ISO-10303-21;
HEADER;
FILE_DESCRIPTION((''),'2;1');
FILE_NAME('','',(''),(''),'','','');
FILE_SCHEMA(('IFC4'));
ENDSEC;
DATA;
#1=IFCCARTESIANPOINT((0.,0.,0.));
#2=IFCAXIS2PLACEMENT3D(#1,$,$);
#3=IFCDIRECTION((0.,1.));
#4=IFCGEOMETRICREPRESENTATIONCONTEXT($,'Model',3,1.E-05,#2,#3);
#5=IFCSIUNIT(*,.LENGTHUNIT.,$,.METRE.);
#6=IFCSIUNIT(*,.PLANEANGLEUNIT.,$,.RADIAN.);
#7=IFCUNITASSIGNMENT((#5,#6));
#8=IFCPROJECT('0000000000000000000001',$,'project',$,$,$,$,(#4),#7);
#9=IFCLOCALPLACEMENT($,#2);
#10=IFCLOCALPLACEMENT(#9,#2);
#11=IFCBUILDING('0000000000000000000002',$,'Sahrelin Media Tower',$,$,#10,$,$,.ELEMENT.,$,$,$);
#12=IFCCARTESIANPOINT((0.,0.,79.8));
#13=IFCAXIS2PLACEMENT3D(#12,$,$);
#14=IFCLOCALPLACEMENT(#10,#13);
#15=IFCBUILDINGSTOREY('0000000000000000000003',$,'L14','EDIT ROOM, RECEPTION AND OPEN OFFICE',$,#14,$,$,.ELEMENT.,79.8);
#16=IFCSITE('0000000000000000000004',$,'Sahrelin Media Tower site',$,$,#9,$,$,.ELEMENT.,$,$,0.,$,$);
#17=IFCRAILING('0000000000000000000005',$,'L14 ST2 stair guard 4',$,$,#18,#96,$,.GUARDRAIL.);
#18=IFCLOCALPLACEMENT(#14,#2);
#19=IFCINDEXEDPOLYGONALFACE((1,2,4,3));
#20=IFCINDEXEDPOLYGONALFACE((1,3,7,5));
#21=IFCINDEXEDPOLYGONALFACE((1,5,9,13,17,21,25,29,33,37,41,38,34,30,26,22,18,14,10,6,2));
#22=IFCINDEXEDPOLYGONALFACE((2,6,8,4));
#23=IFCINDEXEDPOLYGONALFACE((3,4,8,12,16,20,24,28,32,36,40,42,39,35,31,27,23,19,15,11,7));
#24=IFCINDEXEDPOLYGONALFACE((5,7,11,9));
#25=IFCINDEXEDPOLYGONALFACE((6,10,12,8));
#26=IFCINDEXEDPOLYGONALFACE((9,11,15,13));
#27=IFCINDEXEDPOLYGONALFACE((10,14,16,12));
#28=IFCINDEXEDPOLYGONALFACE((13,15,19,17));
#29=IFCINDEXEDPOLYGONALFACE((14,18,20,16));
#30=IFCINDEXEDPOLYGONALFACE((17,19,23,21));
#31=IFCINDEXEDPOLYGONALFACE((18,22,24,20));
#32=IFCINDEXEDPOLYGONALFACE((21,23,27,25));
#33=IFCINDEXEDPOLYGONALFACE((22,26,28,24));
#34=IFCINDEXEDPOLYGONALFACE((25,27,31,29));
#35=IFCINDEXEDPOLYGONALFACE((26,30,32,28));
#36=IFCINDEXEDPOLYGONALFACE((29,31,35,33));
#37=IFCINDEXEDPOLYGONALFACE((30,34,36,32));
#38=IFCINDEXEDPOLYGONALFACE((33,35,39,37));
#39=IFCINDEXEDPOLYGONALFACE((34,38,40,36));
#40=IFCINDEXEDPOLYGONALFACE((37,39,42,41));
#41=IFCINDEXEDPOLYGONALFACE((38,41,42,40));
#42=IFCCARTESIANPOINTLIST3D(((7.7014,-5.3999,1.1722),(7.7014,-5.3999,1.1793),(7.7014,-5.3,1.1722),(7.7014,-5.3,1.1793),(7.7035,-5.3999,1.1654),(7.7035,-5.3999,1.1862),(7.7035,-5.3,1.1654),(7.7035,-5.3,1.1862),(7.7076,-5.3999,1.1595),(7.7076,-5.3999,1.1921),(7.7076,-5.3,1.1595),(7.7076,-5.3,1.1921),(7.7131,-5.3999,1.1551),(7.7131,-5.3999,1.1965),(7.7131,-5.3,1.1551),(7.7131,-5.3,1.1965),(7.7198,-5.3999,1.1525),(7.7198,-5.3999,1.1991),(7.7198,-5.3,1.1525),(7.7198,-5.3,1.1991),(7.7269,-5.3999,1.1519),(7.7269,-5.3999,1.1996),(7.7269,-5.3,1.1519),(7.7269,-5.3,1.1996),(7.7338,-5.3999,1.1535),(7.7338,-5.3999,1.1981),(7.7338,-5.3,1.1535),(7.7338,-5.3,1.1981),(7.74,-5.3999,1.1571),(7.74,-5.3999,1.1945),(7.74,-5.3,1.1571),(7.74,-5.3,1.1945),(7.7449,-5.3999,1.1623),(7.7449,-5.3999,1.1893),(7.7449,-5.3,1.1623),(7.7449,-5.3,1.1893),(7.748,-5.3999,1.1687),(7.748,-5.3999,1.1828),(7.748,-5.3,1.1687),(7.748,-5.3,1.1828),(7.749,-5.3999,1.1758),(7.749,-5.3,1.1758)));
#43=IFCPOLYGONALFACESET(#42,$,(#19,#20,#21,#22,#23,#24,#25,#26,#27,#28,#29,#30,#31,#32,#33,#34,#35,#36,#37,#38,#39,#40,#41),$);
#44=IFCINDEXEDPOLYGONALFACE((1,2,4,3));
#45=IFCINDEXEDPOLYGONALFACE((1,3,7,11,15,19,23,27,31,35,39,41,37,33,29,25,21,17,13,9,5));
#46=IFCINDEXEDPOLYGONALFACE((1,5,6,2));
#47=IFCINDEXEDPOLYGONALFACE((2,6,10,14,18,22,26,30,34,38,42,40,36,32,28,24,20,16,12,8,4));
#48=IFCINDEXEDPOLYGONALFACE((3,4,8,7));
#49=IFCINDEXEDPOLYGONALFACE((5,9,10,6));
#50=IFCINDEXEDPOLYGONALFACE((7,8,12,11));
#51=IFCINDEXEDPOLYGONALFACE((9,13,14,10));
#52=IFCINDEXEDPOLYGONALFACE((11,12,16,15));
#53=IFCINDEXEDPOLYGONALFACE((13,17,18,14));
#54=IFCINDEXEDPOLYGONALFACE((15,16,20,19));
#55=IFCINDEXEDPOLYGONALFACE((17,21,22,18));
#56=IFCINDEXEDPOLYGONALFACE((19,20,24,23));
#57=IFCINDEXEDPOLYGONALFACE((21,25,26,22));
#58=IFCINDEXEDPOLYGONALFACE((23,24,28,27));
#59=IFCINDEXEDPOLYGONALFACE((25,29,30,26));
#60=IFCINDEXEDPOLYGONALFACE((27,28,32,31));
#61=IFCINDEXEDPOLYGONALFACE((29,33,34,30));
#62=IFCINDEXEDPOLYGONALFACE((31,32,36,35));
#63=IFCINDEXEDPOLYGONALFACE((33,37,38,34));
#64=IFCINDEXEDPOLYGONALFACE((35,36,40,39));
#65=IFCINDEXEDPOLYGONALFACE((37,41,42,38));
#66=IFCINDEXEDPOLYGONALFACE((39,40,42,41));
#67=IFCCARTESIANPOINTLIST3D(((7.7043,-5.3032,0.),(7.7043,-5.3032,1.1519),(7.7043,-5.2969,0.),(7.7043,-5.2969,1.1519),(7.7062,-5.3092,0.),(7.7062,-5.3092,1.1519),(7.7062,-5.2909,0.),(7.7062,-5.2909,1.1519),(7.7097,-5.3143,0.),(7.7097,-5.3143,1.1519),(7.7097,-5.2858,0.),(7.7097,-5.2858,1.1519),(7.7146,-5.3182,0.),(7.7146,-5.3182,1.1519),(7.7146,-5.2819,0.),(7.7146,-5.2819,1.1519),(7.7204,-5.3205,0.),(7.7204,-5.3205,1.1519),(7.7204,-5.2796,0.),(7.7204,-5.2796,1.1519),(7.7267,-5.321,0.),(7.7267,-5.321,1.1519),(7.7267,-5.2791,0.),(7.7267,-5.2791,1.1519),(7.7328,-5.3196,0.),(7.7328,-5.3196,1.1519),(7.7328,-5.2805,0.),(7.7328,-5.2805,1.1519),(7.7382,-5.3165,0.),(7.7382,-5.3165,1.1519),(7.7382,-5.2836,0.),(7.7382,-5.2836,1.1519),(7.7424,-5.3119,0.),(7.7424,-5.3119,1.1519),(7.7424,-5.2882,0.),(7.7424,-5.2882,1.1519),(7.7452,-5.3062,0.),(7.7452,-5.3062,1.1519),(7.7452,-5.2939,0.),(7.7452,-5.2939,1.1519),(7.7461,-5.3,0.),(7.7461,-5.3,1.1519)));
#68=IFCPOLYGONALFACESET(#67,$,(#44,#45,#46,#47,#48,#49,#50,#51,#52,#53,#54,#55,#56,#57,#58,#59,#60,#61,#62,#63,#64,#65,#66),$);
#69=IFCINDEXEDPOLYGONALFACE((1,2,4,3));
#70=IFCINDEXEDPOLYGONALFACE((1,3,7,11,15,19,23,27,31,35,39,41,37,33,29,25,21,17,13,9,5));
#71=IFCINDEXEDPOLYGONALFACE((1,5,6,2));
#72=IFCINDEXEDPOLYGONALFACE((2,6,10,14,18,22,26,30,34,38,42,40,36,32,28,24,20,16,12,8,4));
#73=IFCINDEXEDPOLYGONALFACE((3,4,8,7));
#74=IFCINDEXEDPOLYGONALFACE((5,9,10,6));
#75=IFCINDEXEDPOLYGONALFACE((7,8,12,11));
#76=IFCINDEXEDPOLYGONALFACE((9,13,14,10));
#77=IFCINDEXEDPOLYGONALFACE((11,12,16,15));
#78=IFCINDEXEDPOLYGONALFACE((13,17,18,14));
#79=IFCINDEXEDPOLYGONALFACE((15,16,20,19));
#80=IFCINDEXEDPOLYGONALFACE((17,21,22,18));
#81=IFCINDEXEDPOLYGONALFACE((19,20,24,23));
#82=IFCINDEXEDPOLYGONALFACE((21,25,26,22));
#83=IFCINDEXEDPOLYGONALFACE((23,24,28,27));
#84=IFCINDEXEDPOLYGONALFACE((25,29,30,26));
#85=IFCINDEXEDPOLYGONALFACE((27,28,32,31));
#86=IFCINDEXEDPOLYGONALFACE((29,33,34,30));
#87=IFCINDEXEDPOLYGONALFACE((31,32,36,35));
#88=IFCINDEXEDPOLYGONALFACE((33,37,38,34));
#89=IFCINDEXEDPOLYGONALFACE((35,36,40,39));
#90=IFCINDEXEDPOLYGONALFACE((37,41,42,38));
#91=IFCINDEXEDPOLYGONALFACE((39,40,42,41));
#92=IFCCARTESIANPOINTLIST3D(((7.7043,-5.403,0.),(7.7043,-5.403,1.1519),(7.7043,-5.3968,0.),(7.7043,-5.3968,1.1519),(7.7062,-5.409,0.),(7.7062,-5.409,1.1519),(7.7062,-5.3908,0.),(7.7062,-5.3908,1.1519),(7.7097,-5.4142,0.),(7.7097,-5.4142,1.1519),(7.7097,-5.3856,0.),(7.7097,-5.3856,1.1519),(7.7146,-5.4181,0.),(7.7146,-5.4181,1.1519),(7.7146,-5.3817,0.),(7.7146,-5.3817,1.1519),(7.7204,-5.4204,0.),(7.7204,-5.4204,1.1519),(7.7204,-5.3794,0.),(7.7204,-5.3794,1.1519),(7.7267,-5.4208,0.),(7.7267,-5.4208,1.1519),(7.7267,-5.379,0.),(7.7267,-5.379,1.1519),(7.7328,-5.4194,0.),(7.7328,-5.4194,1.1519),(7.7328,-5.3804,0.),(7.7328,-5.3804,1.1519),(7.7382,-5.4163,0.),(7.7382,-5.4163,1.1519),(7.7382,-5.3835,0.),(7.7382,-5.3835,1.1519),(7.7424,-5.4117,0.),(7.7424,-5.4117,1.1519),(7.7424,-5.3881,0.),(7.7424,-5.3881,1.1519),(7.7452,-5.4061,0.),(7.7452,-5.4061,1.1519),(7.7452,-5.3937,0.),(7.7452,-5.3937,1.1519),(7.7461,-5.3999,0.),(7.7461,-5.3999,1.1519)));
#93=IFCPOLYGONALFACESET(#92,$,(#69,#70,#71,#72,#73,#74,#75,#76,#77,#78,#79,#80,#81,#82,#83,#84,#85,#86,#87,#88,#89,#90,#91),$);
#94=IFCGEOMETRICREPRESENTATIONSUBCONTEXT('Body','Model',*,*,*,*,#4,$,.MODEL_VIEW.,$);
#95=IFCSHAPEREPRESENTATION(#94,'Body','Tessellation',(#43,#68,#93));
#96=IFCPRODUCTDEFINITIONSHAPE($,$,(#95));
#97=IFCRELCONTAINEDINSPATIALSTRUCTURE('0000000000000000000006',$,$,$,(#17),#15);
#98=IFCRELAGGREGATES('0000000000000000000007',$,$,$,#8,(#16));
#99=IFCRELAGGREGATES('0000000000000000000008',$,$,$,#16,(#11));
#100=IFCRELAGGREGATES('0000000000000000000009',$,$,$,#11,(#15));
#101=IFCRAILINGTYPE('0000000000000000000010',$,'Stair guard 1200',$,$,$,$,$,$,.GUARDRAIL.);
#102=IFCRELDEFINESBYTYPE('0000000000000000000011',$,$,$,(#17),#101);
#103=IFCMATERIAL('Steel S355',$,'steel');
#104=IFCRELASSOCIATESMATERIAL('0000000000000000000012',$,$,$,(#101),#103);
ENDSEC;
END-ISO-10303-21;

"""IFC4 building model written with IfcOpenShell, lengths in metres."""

from ifc_helpers import new_model, si_unit, direction, frame, origin, origin_2d, place, context, subcontext, project, spatial, circle, extrude, material, type_object, element, save


model = new_model("IFC4")

# Units and contexts
model_context = context("Model", 3, precision=1e-05, world=origin(), true_north=direction((0.0, 1.0)))
body_context = subcontext(model_context, "Body", "Model", "MODEL_VIEW")
ifc_project = project(units=[si_unit("LENGTHUNIT", "METRE"), si_unit("PLANEANGLEUNIT", "RADIAN")], contexts=[model_context])

# Site, building, storey
site_placement = place(None, origin())
site = spatial("IfcSite", under=ifc_project, at=site_placement, Name="Sahrelin Media Tower site", CompositionType="ELEMENT", RefElevation=0.0)
building_placement = place(site_placement, origin())
building = spatial("IfcBuilding", under=site, at=building_placement, Name="Sahrelin Media Tower", CompositionType="ELEMENT")
storey_placement = place(building_placement, frame((0.0, 0.0, 79.8)))
storey = spatial("IfcBuildingStorey", under=building, at=storey_placement, Name="L14", Description="EDIT ROOM, RECEPTION AND OPEN OFFICE", CompositionType="ELEMENT", Elevation=79.8)

# Railing
ifc_material_1 = material(Name="Steel S355", Category="steel")
railing_type_1 = type_object("IfcRailingType", Name="Stair guard 1200", PredefinedType="GUARDRAIL", material=ifc_material_1)
railing_1_placement = place(storey_placement, frame((7.7251, -5.3, 0.0)))
element("IfcRailing", 1, at=railing_1_placement, inside=storey, type_object=railing_type_1, Name="L14 ST2 stair guard 4", PredefinedType="GUARDRAIL", context=body_context, shape_type="SweptSolid", body=[
    extrude(circle(Radius=0.0239, at=origin_2d()), frame((0.0, 0.0, 1.1758), z_axis=(0.0, -1.0, 0.0), x_axis=(1.0, 0.0, 0.0)), (0.0, 0.0, 1.0), 0.0999),
    extrude(circle(Radius=0.021, at=origin_2d()), origin(), (0.0, 0.0, 1.0), 1.1519),
    extrude(circle(Radius=0.021, at=origin_2d()), frame((0.0, -0.0999, 0.0)), (0.0, 0.0, 1.0), 1.1519),
])

save(model, "model.ifc")
